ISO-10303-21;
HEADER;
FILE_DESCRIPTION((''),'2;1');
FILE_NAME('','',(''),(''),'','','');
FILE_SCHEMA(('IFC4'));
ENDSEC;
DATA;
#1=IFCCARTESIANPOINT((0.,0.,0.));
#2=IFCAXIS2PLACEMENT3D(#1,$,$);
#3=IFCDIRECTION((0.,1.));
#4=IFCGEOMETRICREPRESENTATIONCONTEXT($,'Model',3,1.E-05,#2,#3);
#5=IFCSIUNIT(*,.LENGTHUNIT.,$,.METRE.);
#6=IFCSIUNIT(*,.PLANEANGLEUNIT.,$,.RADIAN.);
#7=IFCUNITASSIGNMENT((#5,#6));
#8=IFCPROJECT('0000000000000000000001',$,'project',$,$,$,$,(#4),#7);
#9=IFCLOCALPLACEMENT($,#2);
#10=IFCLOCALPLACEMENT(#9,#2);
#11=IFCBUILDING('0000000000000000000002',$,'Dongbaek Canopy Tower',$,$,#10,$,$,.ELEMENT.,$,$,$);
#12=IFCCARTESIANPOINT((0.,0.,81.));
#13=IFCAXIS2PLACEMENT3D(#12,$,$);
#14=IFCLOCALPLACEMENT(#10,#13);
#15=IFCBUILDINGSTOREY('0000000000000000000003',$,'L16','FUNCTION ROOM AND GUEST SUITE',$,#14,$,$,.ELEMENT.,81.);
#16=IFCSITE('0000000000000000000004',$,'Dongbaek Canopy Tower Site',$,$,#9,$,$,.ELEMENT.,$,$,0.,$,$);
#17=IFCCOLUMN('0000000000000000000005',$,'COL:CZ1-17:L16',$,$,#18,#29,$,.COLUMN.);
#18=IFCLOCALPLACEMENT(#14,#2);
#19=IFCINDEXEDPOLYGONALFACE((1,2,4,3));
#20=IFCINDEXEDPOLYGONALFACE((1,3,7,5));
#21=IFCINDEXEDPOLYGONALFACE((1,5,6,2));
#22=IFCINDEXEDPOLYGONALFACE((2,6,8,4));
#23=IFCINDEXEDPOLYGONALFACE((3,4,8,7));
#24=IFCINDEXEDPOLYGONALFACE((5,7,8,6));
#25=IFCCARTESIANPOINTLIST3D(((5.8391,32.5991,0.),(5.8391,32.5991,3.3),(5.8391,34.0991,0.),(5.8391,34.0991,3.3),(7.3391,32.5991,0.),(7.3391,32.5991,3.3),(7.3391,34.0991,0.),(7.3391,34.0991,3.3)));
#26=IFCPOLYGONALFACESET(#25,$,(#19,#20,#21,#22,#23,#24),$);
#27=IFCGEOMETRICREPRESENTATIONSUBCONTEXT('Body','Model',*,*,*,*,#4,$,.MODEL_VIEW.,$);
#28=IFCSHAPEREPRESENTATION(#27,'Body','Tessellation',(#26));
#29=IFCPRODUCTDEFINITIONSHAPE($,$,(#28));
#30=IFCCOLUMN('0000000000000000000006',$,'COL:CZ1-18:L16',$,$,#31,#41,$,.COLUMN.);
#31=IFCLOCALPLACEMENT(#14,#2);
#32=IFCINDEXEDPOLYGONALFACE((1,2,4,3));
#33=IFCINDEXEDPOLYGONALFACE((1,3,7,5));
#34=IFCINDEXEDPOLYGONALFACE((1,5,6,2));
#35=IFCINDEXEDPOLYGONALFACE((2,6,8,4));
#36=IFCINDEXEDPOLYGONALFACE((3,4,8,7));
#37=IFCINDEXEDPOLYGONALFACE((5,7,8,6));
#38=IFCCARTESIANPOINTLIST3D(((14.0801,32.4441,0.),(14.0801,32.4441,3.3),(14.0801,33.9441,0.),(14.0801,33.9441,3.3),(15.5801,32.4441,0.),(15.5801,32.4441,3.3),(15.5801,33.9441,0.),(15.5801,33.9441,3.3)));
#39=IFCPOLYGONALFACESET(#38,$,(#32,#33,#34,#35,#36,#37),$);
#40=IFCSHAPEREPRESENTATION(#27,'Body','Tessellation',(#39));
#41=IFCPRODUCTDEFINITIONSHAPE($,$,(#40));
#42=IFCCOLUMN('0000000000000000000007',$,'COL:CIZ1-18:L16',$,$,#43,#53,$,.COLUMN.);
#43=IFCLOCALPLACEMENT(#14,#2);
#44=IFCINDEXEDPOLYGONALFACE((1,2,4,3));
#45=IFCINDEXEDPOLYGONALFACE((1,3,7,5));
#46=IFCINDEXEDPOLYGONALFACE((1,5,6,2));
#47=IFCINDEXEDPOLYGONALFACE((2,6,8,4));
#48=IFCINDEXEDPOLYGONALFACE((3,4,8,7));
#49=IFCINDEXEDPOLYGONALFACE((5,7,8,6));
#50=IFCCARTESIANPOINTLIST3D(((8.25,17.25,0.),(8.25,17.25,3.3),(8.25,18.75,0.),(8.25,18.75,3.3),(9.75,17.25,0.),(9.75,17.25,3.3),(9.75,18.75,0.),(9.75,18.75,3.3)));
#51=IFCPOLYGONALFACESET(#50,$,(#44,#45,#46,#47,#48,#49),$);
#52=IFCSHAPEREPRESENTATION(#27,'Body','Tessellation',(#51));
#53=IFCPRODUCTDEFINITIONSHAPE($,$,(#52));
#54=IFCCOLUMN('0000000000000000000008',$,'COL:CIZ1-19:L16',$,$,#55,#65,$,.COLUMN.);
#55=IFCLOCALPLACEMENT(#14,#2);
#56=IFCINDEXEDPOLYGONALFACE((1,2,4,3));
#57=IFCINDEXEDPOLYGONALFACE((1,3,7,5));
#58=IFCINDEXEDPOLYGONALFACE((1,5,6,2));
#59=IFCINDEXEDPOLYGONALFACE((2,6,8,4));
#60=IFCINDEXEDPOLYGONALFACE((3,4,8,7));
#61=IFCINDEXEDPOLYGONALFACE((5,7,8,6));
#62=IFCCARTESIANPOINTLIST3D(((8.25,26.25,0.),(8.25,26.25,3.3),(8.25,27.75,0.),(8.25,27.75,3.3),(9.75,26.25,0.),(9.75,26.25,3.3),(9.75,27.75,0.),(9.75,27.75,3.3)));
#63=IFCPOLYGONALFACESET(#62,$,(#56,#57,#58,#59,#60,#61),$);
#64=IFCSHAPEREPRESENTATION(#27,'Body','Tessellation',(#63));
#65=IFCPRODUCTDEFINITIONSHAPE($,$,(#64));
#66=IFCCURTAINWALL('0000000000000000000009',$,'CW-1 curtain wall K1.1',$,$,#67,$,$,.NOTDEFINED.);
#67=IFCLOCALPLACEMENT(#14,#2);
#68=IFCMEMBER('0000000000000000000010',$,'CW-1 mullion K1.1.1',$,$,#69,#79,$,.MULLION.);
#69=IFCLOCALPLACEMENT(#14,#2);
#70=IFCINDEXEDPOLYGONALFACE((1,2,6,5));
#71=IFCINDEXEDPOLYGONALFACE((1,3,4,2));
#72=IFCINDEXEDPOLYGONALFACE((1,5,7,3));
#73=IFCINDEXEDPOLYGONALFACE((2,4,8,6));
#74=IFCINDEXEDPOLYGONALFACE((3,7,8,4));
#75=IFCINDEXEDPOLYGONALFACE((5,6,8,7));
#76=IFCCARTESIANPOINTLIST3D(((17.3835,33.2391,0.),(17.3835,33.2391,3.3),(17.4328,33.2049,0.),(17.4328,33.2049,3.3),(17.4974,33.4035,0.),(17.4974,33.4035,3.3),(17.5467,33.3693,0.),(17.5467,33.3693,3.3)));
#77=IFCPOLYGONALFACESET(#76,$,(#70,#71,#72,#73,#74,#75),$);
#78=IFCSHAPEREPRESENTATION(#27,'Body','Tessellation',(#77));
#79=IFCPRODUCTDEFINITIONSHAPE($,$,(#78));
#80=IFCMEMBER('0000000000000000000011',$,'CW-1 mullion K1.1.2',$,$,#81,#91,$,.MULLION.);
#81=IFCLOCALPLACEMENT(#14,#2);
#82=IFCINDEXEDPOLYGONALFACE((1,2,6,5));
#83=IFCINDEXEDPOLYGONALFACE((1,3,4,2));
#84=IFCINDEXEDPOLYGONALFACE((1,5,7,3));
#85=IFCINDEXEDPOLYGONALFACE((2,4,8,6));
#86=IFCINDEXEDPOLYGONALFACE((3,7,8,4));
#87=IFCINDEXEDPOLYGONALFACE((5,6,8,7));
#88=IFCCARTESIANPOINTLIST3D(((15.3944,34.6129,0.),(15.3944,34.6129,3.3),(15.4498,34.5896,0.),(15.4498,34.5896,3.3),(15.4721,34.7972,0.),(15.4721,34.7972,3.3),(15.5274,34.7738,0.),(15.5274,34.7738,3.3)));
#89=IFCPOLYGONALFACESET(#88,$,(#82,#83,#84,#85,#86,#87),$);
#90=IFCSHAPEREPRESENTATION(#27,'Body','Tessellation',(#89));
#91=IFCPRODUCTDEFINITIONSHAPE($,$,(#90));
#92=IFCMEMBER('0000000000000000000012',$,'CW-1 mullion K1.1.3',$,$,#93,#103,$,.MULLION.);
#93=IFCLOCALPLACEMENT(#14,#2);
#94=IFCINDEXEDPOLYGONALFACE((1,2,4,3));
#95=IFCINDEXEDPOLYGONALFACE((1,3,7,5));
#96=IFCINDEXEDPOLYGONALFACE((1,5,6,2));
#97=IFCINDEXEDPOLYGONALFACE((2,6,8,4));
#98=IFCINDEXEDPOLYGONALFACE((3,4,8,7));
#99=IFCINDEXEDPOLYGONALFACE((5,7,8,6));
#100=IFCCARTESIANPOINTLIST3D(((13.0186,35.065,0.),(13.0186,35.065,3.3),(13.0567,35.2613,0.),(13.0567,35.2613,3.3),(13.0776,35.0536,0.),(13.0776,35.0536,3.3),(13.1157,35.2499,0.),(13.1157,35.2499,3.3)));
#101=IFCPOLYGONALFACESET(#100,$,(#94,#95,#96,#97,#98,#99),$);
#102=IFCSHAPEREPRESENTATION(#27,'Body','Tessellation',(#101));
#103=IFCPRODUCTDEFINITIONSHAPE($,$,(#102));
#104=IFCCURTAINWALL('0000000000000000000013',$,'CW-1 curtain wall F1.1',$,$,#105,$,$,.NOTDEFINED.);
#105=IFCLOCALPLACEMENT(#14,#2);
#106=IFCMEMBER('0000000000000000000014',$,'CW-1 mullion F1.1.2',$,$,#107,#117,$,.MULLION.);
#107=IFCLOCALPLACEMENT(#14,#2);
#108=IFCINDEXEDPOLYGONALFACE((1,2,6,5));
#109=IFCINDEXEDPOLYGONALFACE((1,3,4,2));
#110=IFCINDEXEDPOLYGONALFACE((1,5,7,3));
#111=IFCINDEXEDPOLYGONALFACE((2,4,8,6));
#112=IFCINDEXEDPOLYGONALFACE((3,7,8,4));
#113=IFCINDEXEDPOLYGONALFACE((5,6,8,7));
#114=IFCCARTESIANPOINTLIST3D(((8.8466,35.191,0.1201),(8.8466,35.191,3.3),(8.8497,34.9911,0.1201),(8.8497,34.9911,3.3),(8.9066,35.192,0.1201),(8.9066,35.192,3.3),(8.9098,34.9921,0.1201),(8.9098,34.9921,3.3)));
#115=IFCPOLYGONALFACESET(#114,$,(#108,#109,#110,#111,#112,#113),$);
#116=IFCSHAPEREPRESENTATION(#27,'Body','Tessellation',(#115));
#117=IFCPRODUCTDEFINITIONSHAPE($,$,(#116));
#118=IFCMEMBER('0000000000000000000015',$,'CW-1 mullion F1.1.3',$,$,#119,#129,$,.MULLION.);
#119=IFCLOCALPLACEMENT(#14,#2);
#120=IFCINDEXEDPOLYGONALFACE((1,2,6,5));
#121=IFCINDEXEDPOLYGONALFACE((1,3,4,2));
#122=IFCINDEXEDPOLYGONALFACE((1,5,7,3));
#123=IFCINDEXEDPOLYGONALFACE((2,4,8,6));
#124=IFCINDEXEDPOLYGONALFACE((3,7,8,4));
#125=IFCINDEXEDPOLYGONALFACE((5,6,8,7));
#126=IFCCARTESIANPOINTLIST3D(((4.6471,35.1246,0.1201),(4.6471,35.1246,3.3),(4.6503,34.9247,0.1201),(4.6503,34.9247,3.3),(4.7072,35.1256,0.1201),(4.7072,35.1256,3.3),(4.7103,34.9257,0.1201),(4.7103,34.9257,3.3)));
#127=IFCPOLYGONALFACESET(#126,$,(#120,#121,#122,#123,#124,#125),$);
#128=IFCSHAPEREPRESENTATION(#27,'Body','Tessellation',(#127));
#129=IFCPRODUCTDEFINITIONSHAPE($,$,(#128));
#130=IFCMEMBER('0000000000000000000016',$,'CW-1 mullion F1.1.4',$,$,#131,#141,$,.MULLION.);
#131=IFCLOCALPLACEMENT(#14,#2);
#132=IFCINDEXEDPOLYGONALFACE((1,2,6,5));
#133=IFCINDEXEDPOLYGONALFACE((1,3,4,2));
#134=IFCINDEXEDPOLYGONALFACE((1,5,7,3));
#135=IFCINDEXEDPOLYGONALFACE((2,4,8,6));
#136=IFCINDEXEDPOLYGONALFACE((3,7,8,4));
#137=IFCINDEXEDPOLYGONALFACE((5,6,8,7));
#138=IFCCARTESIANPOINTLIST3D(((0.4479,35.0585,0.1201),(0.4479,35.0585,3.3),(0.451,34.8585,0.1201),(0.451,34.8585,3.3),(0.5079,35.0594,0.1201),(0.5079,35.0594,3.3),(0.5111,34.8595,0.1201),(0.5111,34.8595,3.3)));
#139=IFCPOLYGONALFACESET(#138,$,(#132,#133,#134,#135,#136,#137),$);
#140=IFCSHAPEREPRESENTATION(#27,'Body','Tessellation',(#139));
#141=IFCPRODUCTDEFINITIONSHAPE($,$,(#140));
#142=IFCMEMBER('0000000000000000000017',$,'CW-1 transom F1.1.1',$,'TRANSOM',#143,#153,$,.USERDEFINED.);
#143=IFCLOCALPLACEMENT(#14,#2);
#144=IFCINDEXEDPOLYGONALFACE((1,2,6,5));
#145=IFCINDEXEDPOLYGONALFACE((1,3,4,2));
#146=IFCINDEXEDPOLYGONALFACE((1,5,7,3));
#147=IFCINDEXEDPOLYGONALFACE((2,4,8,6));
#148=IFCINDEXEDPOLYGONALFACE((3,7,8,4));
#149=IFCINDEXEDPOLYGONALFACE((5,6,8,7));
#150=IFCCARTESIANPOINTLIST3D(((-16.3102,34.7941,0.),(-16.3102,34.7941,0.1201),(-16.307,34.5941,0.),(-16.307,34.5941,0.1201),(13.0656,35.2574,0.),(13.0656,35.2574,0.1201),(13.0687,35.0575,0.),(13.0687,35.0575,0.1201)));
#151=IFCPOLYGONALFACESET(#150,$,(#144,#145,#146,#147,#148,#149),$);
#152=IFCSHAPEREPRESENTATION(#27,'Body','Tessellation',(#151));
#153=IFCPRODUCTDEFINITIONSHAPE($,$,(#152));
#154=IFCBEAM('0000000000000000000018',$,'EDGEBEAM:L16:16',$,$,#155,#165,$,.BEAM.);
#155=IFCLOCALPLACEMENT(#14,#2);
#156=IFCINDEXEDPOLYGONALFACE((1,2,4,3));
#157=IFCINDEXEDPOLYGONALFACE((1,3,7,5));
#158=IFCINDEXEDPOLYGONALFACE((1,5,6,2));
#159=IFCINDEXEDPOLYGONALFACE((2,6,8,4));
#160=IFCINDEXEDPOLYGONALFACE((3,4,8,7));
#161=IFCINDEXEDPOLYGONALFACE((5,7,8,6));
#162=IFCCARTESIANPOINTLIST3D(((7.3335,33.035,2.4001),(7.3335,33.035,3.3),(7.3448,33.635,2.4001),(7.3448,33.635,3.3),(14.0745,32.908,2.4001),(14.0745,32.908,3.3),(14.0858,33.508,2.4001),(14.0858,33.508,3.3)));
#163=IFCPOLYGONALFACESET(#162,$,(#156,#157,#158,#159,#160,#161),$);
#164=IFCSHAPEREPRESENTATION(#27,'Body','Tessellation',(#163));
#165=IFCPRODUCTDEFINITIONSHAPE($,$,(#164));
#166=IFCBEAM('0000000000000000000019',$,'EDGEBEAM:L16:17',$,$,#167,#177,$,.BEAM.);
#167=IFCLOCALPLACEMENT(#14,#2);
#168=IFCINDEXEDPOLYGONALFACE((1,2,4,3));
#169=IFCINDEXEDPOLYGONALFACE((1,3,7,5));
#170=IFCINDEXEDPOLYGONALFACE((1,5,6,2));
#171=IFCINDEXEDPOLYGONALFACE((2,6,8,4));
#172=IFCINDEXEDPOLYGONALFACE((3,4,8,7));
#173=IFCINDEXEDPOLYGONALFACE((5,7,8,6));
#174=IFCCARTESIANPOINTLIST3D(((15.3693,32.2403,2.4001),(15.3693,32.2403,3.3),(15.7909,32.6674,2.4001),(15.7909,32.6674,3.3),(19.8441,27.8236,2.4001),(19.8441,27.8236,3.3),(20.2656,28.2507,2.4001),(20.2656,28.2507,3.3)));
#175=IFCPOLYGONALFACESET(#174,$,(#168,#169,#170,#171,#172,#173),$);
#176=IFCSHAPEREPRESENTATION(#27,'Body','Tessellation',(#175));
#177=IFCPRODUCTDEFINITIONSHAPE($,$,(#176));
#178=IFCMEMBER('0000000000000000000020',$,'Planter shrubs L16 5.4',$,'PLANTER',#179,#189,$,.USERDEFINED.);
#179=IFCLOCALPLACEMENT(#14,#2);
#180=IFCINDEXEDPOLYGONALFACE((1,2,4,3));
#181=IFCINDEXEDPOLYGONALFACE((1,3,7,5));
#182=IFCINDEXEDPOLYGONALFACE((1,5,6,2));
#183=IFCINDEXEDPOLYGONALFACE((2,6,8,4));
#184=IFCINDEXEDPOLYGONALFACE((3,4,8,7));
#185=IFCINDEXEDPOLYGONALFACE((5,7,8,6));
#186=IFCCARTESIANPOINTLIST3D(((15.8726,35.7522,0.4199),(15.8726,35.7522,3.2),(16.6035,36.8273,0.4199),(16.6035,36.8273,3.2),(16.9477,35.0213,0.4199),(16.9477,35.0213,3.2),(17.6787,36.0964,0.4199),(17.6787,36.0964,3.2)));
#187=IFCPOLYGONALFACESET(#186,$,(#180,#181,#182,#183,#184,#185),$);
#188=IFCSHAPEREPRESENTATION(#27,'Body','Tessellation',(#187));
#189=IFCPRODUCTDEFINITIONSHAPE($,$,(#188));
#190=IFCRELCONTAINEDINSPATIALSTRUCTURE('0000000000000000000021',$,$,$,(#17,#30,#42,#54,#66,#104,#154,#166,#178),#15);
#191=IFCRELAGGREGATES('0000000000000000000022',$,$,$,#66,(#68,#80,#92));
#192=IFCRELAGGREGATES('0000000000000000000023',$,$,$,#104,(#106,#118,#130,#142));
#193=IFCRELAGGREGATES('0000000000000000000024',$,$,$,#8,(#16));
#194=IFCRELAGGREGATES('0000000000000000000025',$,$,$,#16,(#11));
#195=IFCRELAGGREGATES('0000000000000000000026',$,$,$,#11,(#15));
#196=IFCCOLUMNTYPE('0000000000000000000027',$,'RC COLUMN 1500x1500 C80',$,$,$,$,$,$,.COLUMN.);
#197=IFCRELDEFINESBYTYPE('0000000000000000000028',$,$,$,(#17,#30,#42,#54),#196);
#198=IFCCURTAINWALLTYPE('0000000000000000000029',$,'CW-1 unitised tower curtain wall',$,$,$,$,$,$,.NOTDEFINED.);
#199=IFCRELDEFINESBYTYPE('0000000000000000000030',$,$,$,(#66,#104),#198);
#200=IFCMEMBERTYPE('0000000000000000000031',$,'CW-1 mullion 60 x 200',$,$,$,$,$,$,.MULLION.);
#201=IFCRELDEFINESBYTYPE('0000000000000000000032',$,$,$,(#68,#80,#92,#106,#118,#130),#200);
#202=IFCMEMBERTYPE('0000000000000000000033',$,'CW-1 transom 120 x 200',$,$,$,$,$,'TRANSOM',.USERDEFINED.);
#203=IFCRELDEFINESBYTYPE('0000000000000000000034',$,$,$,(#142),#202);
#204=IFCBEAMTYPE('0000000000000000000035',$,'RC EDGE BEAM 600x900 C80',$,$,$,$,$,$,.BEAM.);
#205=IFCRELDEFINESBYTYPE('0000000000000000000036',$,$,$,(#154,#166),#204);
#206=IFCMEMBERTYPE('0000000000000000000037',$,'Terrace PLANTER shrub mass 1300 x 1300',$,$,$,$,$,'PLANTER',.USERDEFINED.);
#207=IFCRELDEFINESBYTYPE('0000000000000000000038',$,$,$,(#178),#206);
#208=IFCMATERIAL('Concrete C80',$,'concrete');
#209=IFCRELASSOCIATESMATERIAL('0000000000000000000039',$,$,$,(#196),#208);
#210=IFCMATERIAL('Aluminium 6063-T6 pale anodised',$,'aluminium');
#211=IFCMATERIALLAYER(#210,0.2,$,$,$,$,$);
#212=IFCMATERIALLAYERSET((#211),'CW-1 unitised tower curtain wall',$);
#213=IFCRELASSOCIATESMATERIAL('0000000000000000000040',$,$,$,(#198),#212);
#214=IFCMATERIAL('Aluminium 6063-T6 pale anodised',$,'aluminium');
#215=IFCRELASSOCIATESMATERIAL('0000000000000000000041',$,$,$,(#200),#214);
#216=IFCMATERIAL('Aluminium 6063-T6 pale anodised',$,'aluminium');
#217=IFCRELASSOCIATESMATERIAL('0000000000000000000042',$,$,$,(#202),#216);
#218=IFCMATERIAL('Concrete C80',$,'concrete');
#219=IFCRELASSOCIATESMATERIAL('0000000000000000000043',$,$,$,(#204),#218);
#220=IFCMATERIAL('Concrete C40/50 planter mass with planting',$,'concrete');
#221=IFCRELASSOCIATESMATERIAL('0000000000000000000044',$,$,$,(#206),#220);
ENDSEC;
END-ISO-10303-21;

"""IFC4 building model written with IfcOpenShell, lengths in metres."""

from ifc_helpers import new_model, si_unit, direction, frame, origin, origin_2d, place, context, subcontext, project, spatial, rectangle, extrude, material, layer, layer_set, material_profile, profile_set, type_object, element, aggregate, save


model = new_model("IFC4")

# Units and contexts
model_context = context("Model", 3, precision=1e-05, world=origin(), true_north=direction((0.0, 1.0)))
body_context = subcontext(model_context, "Body", "Model", "MODEL_VIEW")
ifc_project = project(units=[si_unit("LENGTHUNIT", "METRE"), si_unit("PLANEANGLEUNIT", "RADIAN")], contexts=[model_context])

# Site, building, storey
site_placement = place(None, origin())
site = spatial("IfcSite", under=ifc_project, at=site_placement, Name="Dongbaek Canopy Tower Site", CompositionType="ELEMENT", RefElevation=0.0)
building_placement = place(site_placement, origin())
building = spatial("IfcBuilding", under=site, at=building_placement, Name="Dongbaek Canopy Tower", CompositionType="ELEMENT")
storey_placement = place(building_placement, frame((0.0, 0.0, 81.0)))
storey = spatial("IfcBuildingStorey", under=building, at=storey_placement, Name="L16", Description="FUNCTION ROOM AND GUEST SUITE", CompositionType="ELEMENT", Elevation=81.0)

# Columns
ifc_material_1 = material(Name="Concrete C80", Category="concrete")
ifc_material_profile_1 = material_profile(ifc_material_1, rectangle(XDim=1.5, YDim=1.5, at=origin_2d()), Name="RC COLUMN 1500x1500 C80")
ifc_profile_set_1 = profile_set([ifc_material_profile_1], Name="Concrete C80")
column_type = type_object("IfcColumnType", Name="RC COLUMN 1500x1500 C80", PredefinedType="COLUMN", material=ifc_profile_set_1)
for number, where, z_axis, x_axis, name in (
    (1, (6.5891, 33.3491, 0.0), (0.0, 0.0, 1.0), (1.0, 0.0, 0.0), "COL:CZ1-17:L16"),
    (2, (14.8301, 33.1941, 0.0), (0.0, 0.0, 1.0), (1.0, 0.0, 0.0), "COL:CZ1-18:L16"),
    (3, (9.0, 18.0, 0.0), (0.0, 0.0, 1.0), (1.0, 0.0, 0.0), "COL:CIZ1-18:L16"),
    (4, (9.0, 27.0, 0.0), (0.0, 0.0, 1.0), (1.0, 0.0, 0.0), "COL:CIZ1-19:L16"),
):
    element("IfcColumn", number, at=place(storey_placement, frame(where, z_axis=z_axis, x_axis=x_axis)), inside=storey, type_object=column_type, Name=name, PredefinedType="COLUMN", context=body_context, shape_type="SweptSolid", body=[
        extrude(rectangle(XDim=1.5, YDim=1.5, at=origin_2d()), origin(), (0.0, 0.0, 1.0), 3.3),
    ])

# Curtain walls, members
ifc_material_2 = material(Name="Aluminium 6063-T6 pale anodised", Category="aluminium")
ifc_layer_1 = layer(ifc_material_2, 0.2)
ifc_layer_set_1 = layer_set([ifc_layer_1], Name="CW-1 unitised tower curtain wall")
curtain_wall_type = type_object("IfcCurtainWallType", Name="CW-1 unitised tower curtain wall", PredefinedType="NOTDEFINED", material=ifc_layer_set_1)
curtain_wall_1_placement = place(storey_placement, origin())
curtain_wall_1 = element("IfcCurtainWall", 5, at=curtain_wall_1_placement, inside=storey, type_object=curtain_wall_type, Name="CW-1 curtain wall K1.1", PredefinedType="NOTDEFINED")
ifc_material_3 = material(Name="Aluminium 6063-T6 pale anodised", Category="aluminium")
ifc_material_profile_2 = material_profile(ifc_material_3, rectangle(XDim=0.2, YDim=0.0601, at=origin_2d()), Name="CW-1 mullion 60 x 200")
ifc_profile_set_2 = profile_set([ifc_material_profile_2], Name="Aluminium 6063-T6 pale anodised")
member_type_1 = type_object("IfcMemberType", Name="CW-1 mullion 60 x 200", PredefinedType="MULLION", material=ifc_profile_set_2)
member_1_placement = place(storey_placement, frame((17.4651, 33.3042, 0.0), z_axis=(0.0, 0.0, 1.0), x_axis=(0.569694, 0.821857, 0.0)))
member_1 = element("IfcMember", 6, at=member_1_placement, type_object=member_type_1, Name="CW-1 mullion K1.1.1", PredefinedType="MULLION", context=body_context, shape_type="SweptSolid", body=[
    extrude(rectangle(XDim=0.2, YDim=0.0601, at=origin_2d()), origin(), (0.0, 0.0, 1.0), 3.3),
])
member_2_placement = place(storey_placement, frame((15.4609, 34.6934, 0.0), z_axis=(0.0, 0.0, 1.0), x_axis=(0.388341, 0.921516, 0.0)))
member_2 = element("IfcMember", 7, at=member_2_placement, type_object=member_type_1, Name="CW-1 mullion K1.1.2", PredefinedType="MULLION", context=body_context, shape_type="SweptSolid", body=[
    extrude(rectangle(XDim=0.2, YDim=0.0601, at=origin_2d()), origin(), (0.0, 0.0, 1.0), 3.3),
])
member_3_placement = place(storey_placement, frame((13.0671, 35.1575, 0.0), z_axis=(0.0, 0.0, 1.0), x_axis=(0.190359, 0.981715, 0.0)))
member_3 = element("IfcMember", 8, at=member_3_placement, type_object=member_type_1, Name="CW-1 mullion K1.1.3", PredefinedType="MULLION", context=body_context, shape_type="SweptSolid", body=[
    extrude(rectangle(XDim=0.2, YDim=0.0601, at=origin_2d()), origin(), (0.0, 0.0, 1.0), 3.3),
])
curtain_wall_2_placement = place(storey_placement, origin())
curtain_wall_2 = element("IfcCurtainWall", 9, at=curtain_wall_2_placement, inside=storey, type_object=curtain_wall_type, Name="CW-1 curtain wall F1.1", PredefinedType="NOTDEFINED")
member_4_placement = place(storey_placement, frame((8.8782, 35.0916, 0.1201), z_axis=(0.0, 0.0, 1.0), x_axis=(-0.015774, 0.999876, 0.0)))
member_4 = element("IfcMember", 10, at=member_4_placement, type_object=member_type_1, Name="CW-1 mullion F1.1.2", PredefinedType="MULLION", context=body_context, shape_type="SweptSolid", body=[
    extrude(rectangle(XDim=0.2, YDim=0.0601, at=origin_2d()), origin(), (0.0, 0.0, 1.0), 3.1799),
])
member_5_placement = place(storey_placement, frame((4.6787, 35.0251, 0.1201), z_axis=(0.0, 0.0, 1.0), x_axis=(-0.015774, 0.999876, 0.0)))
member_5 = element("IfcMember", 11, at=member_5_placement, type_object=member_type_1, Name="CW-1 mullion F1.1.3", PredefinedType="MULLION", context=body_context, shape_type="SweptSolid", body=[
    extrude(rectangle(XDim=0.2, YDim=0.0601, at=origin_2d()), origin(), (0.0, 0.0, 1.0), 3.1799),
])
member_6_placement = place(storey_placement, frame((0.4795, 34.959, 0.1201), z_axis=(0.0, 0.0, 1.0), x_axis=(-0.015774, 0.999876, 0.0)))
member_6 = element("IfcMember", 12, at=member_6_placement, type_object=member_type_1, Name="CW-1 mullion F1.1.4", PredefinedType="MULLION", context=body_context, shape_type="SweptSolid", body=[
    extrude(rectangle(XDim=0.2, YDim=0.0601, at=origin_2d()), origin(), (0.0, 0.0, 1.0), 3.1799),
])
ifc_material_4 = material(Name="Aluminium 6063-T6 pale anodised", Category="aluminium")
ifc_material_profile_3 = material_profile(ifc_material_4, rectangle(XDim=0.2, YDim=0.1201, at=origin_2d()), Name="CW-1 transom 120 x 200")
ifc_profile_set_3 = profile_set([ifc_material_profile_3], Name="Aluminium 6063-T6 pale anodised")
member_type_2 = type_object("IfcMemberType", Name="CW-1 transom 120 x 200", ElementType="TRANSOM", PredefinedType="USERDEFINED", material=ifc_profile_set_3)
member_7_placement = place(storey_placement, frame((13.0671, 35.1575, 0.0601), z_axis=(-0.999876, -0.015772, 0.0), x_axis=(0.015772, -0.999876, 0.0)))
member_7 = element("IfcMember", 13, at=member_7_placement, type_object=member_type_2, Name="CW-1 transom F1.1.1", ObjectType="TRANSOM", PredefinedType="USERDEFINED", context=body_context, shape_type="SweptSolid", body=[
    extrude(rectangle(XDim=0.2, YDim=0.1201, at=origin_2d()), origin(), (0.0, 0.0, 1.0), 29.3794),
])

# Beams
ifc_material_5 = material(Name="Concrete C80", Category="concrete")
ifc_material_profile_4 = material_profile(ifc_material_5, rectangle(XDim=0.6001, YDim=0.8999, at=origin_2d()), Name="RC EDGE BEAM 600x900 C80")
ifc_profile_set_4 = profile_set([ifc_material_profile_4], Name="Concrete C80")
beam_type = type_object("IfcBeamType", Name="RC EDGE BEAM 600x900 C80", PredefinedType="BEAM", material=ifc_profile_set_4)
beam_1_placement = place(storey_placement, frame((7.3391, 33.335, 2.8501), z_axis=(0.999823, -0.01883, 0.0), x_axis=(0.01883, 0.999823, 0.0)))
element("IfcBeam", 14, at=beam_1_placement, inside=storey, type_object=beam_type, Name="EDGEBEAM:L16:16", PredefinedType="BEAM", context=body_context, shape_type="SweptSolid", body=[
    extrude(rectangle(XDim=0.6001, YDim=0.8999, at=origin_2d()), origin(), (0.0, 0.0, 1.0), 6.7422),
])
beam_2_placement = place(storey_placement, frame((15.5801, 32.4539, 2.8501), z_axis=(0.711712, -0.702471, 0.0), x_axis=(0.702471, 0.711712, 0.0)))
element("IfcBeam", 15, at=beam_2_placement, inside=storey, type_object=beam_type, Name="EDGEBEAM:L16:17", PredefinedType="BEAM", context=body_context, shape_type="SweptSolid", body=[
    extrude(rectangle(XDim=0.6001, YDim=0.8999, at=origin_2d()), origin(), (0.0, 0.0, 1.0), 6.2874),
])

# Member
ifc_material_6 = material(Name="Concrete C40/50 planter mass with planting", Category="concrete")
ifc_material_profile_5 = material_profile(ifc_material_6, rectangle(XDim=1.3, YDim=1.3, at=origin_2d()), Name="Terrace PLANTER shrub mass 1300 x 1300")
ifc_profile_set_5 = profile_set([ifc_material_profile_5], Name="Concrete C40/50 planter mass with planting")
member_type_3 = type_object("IfcMemberType", Name="Terrace PLANTER shrub mass 1300 x 1300", ElementType="PLANTER", PredefinedType="USERDEFINED", material=ifc_profile_set_5)
member_8_placement = place(storey_placement, frame((16.7756, 35.9243, 0.4199), z_axis=(0.0, 0.0, 1.0), x_axis=(0.562225, 0.826984, 0.0)))
element("IfcMember", 16, at=member_8_placement, inside=storey, type_object=member_type_3, Name="Planter shrubs L16 5.4", ObjectType="PLANTER", PredefinedType="USERDEFINED", context=body_context, shape_type="SweptSolid", body=[
    extrude(rectangle(XDim=1.3, YDim=1.3, at=origin_2d()), origin(), (0.0, 0.0, 1.0), 2.78),
])

aggregate(curtain_wall_1, [member_1, member_2, member_3])

aggregate(curtain_wall_2, [member_4, member_5, member_6, member_7])

save(model, "model.ifc")
